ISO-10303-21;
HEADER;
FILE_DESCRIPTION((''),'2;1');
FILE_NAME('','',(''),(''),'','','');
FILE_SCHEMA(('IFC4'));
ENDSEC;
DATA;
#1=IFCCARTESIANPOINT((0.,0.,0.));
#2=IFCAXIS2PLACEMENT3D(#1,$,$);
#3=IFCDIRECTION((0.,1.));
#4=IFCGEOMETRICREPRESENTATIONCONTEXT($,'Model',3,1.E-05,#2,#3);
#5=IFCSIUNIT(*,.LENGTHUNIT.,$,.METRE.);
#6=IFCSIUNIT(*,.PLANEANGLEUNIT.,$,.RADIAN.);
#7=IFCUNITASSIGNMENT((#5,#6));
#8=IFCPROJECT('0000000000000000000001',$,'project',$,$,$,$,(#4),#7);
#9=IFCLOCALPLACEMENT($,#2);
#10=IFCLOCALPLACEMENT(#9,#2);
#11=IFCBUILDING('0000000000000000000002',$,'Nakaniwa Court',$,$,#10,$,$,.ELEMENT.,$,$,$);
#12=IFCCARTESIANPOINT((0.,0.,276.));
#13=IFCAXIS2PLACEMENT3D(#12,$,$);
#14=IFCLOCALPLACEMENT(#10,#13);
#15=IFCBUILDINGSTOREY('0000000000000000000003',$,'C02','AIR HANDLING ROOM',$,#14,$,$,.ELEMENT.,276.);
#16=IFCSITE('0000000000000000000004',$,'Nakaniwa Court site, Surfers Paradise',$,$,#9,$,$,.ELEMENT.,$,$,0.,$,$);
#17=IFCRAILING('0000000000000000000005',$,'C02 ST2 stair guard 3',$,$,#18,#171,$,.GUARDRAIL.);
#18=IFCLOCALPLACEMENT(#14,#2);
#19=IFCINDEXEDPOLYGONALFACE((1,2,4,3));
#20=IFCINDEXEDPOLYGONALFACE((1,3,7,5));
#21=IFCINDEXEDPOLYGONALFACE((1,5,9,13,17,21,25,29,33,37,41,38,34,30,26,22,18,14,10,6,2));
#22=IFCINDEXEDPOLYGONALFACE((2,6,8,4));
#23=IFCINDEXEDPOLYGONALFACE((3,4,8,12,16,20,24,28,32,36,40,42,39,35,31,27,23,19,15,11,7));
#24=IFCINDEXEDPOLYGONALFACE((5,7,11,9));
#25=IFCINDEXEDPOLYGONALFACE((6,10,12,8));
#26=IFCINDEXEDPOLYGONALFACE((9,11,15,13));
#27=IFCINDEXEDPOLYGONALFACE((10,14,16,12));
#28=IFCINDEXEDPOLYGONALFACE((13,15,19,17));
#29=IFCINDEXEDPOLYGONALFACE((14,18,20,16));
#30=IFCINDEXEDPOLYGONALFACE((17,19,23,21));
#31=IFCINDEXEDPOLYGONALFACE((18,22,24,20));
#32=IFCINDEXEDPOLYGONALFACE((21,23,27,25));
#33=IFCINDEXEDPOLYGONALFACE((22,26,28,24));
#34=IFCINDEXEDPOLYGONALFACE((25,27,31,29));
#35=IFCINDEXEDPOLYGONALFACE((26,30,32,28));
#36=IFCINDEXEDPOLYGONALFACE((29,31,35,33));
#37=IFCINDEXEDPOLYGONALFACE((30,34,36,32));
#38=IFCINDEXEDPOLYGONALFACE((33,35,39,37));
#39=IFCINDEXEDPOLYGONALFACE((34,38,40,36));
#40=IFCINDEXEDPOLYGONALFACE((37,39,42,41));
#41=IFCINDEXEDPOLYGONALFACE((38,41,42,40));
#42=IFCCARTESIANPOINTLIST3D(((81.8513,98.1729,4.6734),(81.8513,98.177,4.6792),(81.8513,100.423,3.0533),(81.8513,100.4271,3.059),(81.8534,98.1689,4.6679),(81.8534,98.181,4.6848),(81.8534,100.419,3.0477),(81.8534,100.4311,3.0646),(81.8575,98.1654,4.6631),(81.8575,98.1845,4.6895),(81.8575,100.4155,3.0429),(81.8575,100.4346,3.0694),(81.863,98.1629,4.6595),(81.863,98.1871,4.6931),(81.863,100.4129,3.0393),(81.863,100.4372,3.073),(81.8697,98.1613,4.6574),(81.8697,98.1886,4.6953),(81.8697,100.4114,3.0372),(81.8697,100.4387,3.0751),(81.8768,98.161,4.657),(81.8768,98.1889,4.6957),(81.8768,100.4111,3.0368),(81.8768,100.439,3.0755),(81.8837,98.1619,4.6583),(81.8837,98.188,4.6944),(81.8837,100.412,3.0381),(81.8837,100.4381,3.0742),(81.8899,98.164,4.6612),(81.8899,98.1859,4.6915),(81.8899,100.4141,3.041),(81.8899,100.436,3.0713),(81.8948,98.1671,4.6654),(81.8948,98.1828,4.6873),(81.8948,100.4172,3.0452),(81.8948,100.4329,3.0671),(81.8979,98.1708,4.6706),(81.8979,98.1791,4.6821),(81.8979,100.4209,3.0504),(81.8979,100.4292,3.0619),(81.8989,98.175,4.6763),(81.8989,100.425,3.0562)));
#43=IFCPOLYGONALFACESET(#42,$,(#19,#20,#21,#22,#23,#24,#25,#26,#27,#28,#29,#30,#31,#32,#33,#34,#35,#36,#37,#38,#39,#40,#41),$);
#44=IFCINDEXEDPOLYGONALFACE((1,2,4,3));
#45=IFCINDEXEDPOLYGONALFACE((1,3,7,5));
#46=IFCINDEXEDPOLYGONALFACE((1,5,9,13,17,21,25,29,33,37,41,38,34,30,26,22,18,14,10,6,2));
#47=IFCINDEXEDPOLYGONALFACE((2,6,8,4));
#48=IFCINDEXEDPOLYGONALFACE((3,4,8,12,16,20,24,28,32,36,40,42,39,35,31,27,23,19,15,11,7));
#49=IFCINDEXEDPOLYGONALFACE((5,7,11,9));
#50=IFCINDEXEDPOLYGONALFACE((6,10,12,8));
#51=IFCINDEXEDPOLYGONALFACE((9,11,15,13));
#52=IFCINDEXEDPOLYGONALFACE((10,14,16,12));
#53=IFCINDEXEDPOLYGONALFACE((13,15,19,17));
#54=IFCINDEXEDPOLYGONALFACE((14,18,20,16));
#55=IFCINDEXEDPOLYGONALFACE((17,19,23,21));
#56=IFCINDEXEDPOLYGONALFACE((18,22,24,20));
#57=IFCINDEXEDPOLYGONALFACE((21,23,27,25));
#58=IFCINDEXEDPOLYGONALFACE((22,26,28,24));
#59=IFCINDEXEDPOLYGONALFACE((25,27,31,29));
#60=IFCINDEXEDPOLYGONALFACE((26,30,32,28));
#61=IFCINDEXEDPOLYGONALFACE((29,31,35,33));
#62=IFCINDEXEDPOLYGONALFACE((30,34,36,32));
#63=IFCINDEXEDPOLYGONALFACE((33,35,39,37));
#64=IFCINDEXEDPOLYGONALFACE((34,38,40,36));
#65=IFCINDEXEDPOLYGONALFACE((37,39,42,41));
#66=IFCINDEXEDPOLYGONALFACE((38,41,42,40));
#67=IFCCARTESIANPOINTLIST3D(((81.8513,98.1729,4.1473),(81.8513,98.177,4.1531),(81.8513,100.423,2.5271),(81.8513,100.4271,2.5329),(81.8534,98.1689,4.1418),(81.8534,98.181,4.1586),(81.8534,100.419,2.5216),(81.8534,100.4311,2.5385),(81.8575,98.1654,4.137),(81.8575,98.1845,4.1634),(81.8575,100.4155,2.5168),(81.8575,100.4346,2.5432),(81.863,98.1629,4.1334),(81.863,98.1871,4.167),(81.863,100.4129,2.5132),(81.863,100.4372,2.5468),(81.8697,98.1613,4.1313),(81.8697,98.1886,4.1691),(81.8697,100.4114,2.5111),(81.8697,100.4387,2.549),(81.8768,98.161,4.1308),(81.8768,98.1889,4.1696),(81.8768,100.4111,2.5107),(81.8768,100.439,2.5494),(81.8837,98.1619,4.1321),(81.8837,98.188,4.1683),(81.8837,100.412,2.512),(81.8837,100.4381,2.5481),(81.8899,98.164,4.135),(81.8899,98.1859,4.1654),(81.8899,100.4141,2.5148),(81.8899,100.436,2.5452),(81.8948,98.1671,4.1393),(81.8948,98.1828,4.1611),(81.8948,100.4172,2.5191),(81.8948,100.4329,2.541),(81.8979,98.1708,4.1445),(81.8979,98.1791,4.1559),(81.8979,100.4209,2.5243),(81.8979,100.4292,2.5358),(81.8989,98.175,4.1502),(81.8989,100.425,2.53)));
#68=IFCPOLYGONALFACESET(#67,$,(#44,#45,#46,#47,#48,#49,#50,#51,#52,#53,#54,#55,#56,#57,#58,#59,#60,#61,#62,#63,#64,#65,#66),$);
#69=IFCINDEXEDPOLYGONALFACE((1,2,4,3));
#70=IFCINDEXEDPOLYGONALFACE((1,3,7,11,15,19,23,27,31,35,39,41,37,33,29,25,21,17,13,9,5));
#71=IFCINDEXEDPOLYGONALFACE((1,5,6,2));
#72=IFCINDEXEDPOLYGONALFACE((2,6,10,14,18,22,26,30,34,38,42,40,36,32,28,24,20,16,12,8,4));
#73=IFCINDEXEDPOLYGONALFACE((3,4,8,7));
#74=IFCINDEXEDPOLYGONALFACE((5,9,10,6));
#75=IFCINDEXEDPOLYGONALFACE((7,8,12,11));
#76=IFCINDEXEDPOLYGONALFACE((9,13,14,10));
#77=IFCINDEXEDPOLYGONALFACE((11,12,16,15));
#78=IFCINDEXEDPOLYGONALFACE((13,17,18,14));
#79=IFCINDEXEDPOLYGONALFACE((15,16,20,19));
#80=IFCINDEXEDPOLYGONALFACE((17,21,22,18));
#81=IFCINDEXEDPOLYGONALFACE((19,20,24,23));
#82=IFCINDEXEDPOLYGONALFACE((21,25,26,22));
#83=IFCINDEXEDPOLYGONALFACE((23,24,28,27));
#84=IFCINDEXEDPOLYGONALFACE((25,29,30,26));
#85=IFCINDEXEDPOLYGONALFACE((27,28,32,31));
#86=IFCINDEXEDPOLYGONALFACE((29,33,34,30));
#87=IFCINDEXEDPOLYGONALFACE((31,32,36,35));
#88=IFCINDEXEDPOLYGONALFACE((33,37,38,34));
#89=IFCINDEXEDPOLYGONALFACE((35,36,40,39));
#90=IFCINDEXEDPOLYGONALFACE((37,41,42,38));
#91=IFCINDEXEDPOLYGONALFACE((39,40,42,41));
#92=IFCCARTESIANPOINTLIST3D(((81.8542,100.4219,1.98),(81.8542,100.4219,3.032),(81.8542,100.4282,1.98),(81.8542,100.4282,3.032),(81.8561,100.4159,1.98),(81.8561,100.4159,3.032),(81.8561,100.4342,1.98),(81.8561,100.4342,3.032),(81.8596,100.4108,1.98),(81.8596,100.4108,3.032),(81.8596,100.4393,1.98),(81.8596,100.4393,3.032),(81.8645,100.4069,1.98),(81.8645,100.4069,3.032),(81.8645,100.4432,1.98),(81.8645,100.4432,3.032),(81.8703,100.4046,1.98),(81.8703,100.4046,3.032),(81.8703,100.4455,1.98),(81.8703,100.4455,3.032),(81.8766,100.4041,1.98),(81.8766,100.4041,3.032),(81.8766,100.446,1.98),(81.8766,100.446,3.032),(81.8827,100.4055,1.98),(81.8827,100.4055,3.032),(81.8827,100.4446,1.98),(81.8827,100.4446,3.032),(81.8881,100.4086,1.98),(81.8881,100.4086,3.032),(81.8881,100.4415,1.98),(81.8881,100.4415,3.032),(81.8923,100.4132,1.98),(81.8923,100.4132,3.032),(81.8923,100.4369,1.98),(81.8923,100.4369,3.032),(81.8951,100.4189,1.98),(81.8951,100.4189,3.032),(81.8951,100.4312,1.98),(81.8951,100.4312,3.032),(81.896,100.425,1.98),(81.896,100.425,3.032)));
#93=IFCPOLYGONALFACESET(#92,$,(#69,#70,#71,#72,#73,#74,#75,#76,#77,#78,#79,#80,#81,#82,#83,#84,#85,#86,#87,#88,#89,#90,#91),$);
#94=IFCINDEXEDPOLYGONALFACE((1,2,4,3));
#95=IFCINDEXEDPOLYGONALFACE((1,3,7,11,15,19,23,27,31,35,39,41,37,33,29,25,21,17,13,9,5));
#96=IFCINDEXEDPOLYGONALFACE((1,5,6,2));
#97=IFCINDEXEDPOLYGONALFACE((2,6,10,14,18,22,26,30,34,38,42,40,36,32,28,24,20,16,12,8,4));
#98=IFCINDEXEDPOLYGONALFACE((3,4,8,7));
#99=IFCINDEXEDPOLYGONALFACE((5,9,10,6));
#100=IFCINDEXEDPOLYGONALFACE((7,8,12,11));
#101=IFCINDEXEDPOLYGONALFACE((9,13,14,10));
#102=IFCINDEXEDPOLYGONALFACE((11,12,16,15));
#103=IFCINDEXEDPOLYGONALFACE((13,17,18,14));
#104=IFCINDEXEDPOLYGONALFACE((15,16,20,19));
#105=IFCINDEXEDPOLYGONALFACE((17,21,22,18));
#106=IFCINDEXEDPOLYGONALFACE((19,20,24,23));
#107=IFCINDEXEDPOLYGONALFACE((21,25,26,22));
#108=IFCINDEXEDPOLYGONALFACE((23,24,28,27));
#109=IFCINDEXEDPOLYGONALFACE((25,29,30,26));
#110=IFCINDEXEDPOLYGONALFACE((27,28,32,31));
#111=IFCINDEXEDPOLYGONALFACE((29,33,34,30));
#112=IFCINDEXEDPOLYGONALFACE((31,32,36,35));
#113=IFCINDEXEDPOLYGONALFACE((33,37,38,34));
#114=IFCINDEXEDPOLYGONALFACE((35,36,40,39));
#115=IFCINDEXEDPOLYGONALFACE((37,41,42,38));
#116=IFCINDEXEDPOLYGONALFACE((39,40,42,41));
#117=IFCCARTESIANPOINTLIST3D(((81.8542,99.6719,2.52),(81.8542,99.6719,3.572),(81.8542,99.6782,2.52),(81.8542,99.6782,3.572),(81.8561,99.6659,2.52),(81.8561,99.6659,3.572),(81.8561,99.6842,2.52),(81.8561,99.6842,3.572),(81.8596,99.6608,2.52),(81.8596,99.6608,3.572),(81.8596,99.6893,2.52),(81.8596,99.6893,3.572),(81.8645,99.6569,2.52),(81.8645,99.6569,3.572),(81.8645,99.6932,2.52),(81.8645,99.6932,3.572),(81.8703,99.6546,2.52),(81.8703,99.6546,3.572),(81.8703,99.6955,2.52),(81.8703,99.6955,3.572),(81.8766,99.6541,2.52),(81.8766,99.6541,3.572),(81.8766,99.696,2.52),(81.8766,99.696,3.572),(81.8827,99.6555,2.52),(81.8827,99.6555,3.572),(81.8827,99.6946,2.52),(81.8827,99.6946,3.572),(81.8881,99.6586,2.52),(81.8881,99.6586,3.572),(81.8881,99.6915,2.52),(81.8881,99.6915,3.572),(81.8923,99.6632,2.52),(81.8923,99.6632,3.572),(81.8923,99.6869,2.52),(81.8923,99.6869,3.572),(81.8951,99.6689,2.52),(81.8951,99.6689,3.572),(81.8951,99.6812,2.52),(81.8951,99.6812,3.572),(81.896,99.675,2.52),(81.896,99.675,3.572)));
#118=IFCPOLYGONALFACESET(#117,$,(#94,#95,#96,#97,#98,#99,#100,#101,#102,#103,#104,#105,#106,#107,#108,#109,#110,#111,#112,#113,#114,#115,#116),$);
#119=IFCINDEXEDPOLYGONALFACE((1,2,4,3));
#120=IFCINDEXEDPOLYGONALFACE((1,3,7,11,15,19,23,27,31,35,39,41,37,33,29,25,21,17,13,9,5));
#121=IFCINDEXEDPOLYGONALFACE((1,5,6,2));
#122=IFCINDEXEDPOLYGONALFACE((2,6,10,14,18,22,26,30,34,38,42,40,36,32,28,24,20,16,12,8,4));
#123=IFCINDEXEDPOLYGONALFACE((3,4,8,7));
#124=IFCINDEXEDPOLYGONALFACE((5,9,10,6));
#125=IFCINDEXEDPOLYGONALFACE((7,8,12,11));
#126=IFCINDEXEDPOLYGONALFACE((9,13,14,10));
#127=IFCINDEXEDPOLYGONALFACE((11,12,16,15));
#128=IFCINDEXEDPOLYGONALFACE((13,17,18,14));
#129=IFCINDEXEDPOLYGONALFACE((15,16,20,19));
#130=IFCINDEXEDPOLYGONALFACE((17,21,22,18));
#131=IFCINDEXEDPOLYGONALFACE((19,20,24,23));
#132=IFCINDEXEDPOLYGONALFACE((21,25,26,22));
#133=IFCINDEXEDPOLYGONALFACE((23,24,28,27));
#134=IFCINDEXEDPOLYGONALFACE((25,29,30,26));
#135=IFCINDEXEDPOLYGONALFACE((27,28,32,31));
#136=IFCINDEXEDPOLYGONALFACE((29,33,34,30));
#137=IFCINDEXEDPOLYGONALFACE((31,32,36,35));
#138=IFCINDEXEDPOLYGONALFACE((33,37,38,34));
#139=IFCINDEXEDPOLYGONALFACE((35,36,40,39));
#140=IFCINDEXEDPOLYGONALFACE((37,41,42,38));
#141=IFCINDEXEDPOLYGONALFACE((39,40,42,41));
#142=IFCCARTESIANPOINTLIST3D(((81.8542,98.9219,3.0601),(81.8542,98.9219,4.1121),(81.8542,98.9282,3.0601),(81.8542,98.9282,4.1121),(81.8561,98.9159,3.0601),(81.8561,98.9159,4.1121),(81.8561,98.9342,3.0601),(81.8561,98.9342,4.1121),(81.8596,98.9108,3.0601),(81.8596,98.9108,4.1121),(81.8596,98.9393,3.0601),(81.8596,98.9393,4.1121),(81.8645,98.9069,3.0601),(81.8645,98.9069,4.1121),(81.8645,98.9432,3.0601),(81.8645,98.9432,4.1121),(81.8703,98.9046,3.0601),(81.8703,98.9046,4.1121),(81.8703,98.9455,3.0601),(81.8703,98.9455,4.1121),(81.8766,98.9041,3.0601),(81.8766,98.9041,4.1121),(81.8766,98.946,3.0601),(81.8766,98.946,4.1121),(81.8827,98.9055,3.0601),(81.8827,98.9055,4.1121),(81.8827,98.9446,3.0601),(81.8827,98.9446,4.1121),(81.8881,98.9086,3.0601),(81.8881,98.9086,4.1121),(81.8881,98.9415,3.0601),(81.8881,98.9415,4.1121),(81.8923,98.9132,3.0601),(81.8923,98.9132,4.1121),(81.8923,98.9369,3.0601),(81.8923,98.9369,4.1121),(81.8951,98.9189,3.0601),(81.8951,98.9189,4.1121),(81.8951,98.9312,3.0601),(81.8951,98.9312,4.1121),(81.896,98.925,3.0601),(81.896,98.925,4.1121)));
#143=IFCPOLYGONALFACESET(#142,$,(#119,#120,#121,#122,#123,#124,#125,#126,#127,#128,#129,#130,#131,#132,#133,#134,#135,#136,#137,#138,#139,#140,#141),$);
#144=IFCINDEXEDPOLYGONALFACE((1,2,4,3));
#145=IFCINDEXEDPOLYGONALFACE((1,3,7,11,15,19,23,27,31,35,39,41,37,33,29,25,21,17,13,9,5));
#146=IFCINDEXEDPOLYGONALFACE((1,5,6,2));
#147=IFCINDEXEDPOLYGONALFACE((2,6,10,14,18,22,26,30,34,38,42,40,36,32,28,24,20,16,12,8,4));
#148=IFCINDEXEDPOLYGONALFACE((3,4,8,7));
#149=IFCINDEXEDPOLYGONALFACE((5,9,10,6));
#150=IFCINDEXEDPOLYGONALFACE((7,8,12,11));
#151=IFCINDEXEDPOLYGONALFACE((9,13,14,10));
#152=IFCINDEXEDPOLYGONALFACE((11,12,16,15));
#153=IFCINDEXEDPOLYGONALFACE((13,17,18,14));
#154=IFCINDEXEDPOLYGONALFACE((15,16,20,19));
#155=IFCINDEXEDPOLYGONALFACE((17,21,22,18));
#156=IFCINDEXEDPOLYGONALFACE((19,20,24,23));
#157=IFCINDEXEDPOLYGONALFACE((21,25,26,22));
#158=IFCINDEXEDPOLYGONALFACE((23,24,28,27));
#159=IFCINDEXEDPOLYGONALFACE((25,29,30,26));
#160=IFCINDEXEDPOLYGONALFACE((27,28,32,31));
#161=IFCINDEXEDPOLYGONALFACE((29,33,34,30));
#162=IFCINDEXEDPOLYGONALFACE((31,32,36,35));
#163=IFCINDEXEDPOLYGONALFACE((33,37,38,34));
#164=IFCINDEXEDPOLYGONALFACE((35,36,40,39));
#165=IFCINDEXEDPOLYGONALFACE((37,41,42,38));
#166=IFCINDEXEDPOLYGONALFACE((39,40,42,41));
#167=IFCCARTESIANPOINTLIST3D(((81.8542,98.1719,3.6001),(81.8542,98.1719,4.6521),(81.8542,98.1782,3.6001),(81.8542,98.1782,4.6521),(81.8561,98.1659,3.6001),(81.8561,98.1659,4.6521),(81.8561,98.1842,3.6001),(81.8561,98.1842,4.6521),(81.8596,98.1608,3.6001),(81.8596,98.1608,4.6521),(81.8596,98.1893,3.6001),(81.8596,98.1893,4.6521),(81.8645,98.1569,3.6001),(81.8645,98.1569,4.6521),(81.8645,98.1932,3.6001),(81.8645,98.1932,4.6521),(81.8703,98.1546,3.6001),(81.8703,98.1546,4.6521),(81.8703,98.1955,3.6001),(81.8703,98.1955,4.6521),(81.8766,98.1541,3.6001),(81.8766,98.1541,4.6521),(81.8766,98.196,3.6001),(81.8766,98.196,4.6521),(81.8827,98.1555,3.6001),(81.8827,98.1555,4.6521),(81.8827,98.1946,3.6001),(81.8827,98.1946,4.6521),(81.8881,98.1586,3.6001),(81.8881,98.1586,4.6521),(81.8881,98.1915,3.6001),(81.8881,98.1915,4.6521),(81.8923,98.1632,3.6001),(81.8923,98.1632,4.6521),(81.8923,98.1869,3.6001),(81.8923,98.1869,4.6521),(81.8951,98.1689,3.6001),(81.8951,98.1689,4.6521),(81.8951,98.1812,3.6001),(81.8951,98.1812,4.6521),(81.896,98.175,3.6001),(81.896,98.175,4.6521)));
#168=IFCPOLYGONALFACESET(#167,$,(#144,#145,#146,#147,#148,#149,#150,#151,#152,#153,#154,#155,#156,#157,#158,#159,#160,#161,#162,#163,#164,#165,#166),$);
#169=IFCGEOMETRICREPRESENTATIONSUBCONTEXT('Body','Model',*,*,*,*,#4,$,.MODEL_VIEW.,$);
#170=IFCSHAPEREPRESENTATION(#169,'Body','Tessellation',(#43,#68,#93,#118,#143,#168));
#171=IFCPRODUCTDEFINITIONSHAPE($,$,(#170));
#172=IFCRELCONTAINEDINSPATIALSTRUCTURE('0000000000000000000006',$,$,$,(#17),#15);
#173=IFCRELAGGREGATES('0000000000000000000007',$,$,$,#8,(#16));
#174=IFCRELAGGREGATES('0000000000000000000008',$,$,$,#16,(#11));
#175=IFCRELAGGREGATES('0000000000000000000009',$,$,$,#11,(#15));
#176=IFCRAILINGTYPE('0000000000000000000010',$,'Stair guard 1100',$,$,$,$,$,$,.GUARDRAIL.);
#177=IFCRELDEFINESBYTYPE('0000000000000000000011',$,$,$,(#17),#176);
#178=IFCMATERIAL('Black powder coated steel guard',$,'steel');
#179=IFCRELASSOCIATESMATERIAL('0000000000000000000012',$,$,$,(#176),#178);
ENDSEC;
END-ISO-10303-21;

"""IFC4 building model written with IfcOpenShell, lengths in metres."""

from ifc_helpers import new_model, si_unit, direction, frame, origin, origin_2d, place, context, subcontext, project, spatial, circle, extrude, material, type_object, element, save


model = new_model("IFC4")

# Units and contexts
model_context = context("Model", 3, precision=1e-05, world=origin(), true_north=direction((0.0, 1.0)))
body_context = subcontext(model_context, "Body", "Model", "MODEL_VIEW")
ifc_project = project(units=[si_unit("LENGTHUNIT", "METRE"), si_unit("PLANEANGLEUNIT", "RADIAN")], contexts=[model_context])

# Site, building, storey
site_placement = place(None, origin())
site = spatial("IfcSite", under=ifc_project, at=site_placement, Name="Nakaniwa Court site, Surfers Paradise", CompositionType="ELEMENT", RefElevation=0.0)
building_placement = place(site_placement, origin())
building = spatial("IfcBuilding", under=site, at=building_placement, Name="Nakaniwa Court", CompositionType="ELEMENT")
storey_placement = place(building_placement, frame((0.0, 0.0, 276.0)))
storey = spatial("IfcBuildingStorey", under=building, at=storey_placement, Name="C02", Description="AIR HANDLING ROOM", CompositionType="ELEMENT", Elevation=276.0)

# Railing
ifc_material_1 = material(Name="Black powder coated steel guard", Category="steel")
railing_type_1 = type_object("IfcRailingType", Name="Stair guard 1100", PredefinedType="GUARDRAIL", material=ifc_material_1)
railing_1_placement = place(storey_placement, frame((81.875, 100.425, 1.98)))
element("IfcRailing", 1, at=railing_1_placement, inside=storey, type_object=railing_type_1, Name="C02 ST2 stair guard 3", PredefinedType="GUARDRAIL", context=body_context, shape_type="SweptSolid", body=[
    extrude(circle(Radius=0.0239, at=origin_2d()), frame((0.0, 0.0, 1.0762), z_axis=(0.0, -0.811514, 0.584333), x_axis=(1.0, 0.0, 0.0)), (0.0, 0.0, 1.0), 2.7727),
    extrude(circle(Radius=0.0239, at=origin_2d()), frame((0.0, 0.0, 0.55), z_axis=(0.0, -0.811514, 0.584333), x_axis=(1.0, 0.0, 0.0)), (0.0, 0.0, 1.0), 2.7727),
    extrude(circle(Radius=0.021, at=origin_2d()), origin(), (0.0, 0.0, 1.0), 1.052),
    extrude(circle(Radius=0.021, at=origin_2d()), frame((0.0, -0.75, 0.54)), (0.0, 0.0, 1.0), 1.052),
    extrude(circle(Radius=0.021, at=origin_2d()), frame((0.0, -1.5, 1.0801)), (0.0, 0.0, 1.0), 1.052),
    extrude(circle(Radius=0.021, at=origin_2d()), frame((0.0, -2.25, 1.6201)), (0.0, 0.0, 1.0), 1.052),
])

save(model, "model.ifc")
